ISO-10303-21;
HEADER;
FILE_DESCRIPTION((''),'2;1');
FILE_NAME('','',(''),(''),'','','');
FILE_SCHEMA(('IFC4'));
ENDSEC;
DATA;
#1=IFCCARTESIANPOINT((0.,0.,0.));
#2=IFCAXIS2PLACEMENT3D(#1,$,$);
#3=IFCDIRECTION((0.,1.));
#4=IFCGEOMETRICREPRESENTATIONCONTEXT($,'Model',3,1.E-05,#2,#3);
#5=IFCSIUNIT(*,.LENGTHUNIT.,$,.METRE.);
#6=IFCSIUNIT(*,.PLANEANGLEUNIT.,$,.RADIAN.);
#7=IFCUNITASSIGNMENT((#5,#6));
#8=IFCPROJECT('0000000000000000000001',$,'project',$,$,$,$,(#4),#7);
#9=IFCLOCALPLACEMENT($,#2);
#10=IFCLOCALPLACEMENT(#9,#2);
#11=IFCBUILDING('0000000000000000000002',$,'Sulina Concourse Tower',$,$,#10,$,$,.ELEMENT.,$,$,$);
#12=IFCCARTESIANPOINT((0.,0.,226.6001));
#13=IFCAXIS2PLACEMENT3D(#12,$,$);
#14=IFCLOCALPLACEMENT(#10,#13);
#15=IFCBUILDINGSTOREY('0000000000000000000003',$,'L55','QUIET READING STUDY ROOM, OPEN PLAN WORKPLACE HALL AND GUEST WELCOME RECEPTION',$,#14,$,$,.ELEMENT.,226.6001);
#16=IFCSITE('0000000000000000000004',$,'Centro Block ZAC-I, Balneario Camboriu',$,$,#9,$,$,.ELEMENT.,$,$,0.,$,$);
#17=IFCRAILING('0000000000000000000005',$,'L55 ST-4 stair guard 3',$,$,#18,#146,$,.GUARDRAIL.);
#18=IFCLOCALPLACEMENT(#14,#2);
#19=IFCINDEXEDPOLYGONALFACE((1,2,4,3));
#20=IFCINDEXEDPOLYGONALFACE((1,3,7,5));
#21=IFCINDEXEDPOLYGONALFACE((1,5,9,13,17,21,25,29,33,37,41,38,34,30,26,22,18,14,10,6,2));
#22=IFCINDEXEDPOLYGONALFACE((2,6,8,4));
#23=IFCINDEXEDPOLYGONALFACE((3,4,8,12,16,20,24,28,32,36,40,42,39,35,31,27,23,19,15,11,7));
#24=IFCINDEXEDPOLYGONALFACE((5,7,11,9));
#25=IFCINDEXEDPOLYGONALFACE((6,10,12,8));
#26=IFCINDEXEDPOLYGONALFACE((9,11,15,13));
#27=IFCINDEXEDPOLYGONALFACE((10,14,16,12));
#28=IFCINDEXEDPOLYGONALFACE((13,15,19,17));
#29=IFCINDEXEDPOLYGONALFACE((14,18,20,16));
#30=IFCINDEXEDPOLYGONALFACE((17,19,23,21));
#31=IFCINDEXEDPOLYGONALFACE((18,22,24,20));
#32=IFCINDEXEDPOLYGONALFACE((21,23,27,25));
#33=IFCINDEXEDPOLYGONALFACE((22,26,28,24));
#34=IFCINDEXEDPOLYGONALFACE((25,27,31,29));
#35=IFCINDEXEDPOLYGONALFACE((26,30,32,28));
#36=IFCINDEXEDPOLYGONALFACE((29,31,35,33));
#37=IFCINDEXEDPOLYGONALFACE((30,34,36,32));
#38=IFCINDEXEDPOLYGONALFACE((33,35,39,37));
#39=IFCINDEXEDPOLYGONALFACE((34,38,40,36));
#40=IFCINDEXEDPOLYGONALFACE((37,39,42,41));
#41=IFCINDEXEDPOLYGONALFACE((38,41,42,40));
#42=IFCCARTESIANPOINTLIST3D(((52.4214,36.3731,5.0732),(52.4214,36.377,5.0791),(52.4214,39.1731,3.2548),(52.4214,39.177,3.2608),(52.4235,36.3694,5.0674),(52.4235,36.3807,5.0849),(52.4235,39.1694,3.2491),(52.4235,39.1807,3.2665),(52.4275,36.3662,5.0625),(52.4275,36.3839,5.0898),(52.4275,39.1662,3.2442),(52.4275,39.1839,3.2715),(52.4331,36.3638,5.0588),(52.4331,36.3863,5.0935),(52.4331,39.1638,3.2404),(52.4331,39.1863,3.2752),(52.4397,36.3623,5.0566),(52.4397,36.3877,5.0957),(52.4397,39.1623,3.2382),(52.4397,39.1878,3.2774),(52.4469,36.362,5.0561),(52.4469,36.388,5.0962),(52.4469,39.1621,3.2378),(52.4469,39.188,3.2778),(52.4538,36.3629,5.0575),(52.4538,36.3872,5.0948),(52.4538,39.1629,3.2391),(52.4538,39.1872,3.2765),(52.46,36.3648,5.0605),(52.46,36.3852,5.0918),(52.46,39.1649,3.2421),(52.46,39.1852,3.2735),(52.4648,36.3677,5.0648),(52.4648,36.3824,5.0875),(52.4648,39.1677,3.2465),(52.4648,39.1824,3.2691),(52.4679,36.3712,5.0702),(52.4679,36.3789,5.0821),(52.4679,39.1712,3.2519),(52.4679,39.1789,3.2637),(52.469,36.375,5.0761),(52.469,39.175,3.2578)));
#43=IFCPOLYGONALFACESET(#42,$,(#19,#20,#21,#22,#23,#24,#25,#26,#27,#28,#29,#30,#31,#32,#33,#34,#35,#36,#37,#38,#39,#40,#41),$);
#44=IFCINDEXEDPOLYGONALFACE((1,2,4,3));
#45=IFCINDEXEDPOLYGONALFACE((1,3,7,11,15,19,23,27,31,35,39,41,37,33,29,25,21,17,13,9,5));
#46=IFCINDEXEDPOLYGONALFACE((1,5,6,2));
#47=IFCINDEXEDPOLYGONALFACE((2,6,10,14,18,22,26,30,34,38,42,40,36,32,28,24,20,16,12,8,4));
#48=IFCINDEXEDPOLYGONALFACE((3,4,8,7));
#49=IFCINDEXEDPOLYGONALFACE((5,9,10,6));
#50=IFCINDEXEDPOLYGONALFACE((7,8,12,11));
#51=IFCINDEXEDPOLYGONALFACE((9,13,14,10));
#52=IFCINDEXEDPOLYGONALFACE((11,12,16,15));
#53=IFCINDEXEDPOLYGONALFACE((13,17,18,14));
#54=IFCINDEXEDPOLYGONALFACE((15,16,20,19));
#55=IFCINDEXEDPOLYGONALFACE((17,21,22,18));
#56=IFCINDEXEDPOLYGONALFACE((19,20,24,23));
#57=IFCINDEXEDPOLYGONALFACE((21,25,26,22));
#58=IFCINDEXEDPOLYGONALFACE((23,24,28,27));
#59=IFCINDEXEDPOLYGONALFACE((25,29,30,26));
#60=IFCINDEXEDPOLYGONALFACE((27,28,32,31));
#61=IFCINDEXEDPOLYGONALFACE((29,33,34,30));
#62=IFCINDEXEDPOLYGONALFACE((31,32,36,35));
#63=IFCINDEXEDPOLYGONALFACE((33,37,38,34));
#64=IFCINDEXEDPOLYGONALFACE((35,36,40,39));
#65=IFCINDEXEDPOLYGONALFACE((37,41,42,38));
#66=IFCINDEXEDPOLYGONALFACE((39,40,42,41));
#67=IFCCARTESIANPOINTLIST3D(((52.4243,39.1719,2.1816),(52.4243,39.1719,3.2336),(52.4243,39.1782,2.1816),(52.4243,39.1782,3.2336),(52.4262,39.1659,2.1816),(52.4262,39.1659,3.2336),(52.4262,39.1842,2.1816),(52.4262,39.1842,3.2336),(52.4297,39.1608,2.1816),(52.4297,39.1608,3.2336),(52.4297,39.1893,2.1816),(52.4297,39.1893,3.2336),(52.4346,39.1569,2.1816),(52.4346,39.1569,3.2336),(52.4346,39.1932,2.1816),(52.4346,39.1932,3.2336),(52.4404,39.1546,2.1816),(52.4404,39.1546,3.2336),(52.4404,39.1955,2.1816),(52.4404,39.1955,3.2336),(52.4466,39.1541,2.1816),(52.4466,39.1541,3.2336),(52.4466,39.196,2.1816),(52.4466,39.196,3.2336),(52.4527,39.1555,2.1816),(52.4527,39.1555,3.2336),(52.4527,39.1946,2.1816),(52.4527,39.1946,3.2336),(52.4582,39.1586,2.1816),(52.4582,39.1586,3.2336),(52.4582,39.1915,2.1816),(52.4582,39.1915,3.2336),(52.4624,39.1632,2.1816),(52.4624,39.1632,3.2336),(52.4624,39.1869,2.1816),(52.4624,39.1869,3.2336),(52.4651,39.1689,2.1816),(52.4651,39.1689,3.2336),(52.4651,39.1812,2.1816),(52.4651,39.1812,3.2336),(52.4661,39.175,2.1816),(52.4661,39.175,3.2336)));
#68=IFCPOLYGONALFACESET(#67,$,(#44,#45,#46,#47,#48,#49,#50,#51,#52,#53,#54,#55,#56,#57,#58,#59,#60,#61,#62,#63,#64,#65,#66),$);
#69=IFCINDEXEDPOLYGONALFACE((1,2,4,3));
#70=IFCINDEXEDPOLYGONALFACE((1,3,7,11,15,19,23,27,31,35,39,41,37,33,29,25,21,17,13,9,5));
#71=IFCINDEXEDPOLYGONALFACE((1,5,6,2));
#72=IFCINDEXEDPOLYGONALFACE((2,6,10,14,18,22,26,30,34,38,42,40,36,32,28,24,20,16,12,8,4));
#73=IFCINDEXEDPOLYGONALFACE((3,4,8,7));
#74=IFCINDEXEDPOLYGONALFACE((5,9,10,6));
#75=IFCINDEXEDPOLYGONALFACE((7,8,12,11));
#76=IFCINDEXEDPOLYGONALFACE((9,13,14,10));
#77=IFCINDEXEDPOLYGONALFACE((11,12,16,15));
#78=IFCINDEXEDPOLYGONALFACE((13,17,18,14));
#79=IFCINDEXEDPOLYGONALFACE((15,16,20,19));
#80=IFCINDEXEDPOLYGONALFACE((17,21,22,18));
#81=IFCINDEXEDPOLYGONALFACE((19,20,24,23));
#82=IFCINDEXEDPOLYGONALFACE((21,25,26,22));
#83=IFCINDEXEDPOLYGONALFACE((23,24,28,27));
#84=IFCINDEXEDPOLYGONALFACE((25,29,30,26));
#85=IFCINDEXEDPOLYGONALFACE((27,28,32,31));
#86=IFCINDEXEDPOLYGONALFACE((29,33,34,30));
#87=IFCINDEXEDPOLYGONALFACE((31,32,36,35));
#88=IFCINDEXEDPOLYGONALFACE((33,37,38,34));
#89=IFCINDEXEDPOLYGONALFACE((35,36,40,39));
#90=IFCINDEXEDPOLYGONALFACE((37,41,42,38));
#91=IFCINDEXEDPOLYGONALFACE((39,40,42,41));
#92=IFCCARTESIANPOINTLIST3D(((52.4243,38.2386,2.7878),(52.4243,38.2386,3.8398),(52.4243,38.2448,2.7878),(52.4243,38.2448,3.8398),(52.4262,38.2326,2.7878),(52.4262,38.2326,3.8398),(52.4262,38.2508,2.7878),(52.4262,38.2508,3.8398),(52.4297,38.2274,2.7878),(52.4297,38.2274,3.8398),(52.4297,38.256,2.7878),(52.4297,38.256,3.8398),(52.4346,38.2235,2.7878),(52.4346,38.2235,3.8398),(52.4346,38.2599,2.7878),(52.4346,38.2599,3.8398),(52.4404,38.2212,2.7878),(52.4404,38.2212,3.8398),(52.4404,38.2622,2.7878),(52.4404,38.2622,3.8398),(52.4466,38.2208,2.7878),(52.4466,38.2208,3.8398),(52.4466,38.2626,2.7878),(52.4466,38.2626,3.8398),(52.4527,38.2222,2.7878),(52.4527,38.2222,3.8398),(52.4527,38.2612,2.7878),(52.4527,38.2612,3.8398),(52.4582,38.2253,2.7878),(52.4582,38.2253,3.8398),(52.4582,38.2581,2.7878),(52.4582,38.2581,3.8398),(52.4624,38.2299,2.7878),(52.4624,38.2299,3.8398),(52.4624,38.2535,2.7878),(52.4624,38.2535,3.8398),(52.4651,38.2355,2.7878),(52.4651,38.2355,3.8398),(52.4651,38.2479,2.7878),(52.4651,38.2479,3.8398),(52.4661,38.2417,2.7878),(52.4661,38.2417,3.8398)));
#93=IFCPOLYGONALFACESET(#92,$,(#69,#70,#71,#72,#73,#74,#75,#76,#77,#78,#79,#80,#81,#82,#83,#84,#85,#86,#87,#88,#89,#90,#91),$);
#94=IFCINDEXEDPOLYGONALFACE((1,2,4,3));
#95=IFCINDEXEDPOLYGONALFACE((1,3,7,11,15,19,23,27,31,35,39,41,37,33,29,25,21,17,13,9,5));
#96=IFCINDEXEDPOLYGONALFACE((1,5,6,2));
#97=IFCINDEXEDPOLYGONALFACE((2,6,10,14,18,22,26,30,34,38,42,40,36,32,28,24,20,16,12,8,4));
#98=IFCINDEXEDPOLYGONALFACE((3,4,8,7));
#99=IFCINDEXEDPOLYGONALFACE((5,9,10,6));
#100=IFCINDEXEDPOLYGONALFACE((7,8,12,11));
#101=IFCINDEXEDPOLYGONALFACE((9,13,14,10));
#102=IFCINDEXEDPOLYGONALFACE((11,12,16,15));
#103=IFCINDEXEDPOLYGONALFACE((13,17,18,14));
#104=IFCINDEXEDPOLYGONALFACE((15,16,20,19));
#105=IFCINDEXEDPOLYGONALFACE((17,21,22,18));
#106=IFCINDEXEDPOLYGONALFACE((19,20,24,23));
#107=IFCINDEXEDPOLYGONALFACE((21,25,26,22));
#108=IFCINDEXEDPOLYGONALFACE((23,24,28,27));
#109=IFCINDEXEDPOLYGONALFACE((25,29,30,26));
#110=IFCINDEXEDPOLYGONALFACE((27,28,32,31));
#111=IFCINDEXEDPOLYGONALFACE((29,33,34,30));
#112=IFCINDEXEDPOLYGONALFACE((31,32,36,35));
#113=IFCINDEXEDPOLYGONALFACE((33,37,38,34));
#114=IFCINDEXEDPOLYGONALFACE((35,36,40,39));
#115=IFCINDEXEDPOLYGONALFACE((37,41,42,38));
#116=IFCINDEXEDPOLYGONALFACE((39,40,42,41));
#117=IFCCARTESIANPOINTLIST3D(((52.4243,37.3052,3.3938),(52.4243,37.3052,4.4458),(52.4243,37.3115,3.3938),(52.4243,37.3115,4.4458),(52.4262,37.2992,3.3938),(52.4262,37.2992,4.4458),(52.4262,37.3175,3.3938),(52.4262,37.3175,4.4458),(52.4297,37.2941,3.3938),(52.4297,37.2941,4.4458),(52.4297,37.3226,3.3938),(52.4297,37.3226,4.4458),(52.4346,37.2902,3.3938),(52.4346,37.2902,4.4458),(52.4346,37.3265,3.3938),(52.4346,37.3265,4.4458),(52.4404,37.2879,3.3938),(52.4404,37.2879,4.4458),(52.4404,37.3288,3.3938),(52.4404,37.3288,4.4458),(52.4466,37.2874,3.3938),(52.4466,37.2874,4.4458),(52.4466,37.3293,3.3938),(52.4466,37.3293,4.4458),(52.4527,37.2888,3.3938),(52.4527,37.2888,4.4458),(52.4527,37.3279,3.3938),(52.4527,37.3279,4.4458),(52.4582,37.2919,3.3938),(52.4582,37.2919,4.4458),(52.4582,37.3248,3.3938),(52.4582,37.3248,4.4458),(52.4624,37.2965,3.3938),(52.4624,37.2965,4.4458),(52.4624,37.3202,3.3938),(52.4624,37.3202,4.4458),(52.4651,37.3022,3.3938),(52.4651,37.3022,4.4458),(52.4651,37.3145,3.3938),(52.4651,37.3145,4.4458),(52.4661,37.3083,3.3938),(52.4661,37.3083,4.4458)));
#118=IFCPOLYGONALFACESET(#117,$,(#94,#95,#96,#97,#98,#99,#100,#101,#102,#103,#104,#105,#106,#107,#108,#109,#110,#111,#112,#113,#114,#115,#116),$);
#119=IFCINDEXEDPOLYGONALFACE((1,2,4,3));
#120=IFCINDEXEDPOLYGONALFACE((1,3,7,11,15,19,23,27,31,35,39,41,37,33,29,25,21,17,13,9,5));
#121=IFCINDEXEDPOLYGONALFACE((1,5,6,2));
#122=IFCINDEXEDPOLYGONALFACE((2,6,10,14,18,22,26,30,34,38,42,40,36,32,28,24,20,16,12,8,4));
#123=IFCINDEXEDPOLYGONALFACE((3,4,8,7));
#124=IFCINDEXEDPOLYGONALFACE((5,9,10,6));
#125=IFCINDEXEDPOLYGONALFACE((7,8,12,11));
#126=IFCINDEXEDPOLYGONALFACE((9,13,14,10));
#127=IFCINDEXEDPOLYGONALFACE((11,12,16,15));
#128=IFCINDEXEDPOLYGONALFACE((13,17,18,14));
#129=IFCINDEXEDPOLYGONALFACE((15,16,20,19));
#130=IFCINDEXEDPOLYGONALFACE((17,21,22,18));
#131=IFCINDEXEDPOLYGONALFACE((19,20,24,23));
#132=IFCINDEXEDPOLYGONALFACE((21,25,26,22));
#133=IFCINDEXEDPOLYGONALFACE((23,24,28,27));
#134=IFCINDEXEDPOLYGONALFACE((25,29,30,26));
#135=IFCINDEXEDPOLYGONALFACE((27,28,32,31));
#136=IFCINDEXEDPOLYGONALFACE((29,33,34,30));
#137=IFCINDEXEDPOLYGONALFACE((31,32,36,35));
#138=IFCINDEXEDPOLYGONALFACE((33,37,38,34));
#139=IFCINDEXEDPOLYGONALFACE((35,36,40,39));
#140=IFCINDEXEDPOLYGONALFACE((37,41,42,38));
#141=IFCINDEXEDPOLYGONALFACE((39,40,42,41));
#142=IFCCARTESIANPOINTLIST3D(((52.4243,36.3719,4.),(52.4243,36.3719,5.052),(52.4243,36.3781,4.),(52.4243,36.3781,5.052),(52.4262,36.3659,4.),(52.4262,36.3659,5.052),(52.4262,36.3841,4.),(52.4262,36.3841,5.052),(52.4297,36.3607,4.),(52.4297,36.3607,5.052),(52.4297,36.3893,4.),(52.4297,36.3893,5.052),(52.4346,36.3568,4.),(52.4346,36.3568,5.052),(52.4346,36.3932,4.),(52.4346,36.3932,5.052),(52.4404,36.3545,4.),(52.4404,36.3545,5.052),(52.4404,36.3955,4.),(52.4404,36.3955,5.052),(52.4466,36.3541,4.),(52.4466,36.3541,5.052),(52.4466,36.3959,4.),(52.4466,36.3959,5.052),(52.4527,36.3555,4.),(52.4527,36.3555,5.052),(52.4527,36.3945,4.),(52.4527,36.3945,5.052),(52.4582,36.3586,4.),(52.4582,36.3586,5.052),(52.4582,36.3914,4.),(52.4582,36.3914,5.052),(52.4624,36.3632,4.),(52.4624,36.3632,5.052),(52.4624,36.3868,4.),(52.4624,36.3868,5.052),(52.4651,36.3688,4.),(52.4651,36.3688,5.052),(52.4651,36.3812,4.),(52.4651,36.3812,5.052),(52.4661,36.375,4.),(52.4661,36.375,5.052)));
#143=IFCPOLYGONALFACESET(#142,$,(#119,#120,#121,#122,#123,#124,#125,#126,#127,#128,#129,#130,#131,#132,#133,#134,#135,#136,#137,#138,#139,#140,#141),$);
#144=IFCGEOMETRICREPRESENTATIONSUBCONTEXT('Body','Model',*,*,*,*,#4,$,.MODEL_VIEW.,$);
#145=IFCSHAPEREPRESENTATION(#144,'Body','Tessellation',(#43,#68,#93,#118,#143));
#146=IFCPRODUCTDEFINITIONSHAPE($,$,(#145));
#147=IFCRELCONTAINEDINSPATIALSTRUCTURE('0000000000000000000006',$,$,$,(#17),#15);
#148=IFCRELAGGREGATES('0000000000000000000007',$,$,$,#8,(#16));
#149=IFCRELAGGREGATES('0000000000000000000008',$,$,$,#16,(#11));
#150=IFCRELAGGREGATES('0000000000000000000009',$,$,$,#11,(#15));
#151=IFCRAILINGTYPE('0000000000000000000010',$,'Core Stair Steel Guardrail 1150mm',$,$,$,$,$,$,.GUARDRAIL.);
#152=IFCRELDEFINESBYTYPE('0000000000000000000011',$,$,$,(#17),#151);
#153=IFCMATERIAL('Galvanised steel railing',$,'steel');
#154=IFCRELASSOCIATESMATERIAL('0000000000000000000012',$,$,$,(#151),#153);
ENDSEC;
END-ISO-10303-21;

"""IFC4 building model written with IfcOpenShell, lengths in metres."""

from ifc_helpers import new_model, si_unit, direction, frame, origin, origin_2d, place, context, subcontext, project, spatial, circle, extrude, material, type_object, element, save


model = new_model("IFC4")

# Units and contexts
model_context = context("Model", 3, precision=1e-05, world=origin(), true_north=direction((0.0, 1.0)))
body_context = subcontext(model_context, "Body", "Model", "MODEL_VIEW")
ifc_project = project(units=[si_unit("LENGTHUNIT", "METRE"), si_unit("PLANEANGLEUNIT", "RADIAN")], contexts=[model_context])

# Site, building, storey
site_placement = place(None, origin())
site = spatial("IfcSite", under=ifc_project, at=site_placement, Name="Centro Block ZAC-I, Balneario Camboriu", CompositionType="ELEMENT", RefElevation=0.0)
building_placement = place(site_placement, origin())
building = spatial("IfcBuilding", under=site, at=building_placement, Name="Sulina Concourse Tower", CompositionType="ELEMENT")
storey_placement = place(building_placement, frame((0.0, 0.0, 226.6001)))
storey = spatial("IfcBuildingStorey", under=building, at=storey_placement, Name="L55", Description="QUIET READING STUDY ROOM, OPEN PLAN WORKPLACE HALL AND GUEST WELCOME RECEPTION", CompositionType="ELEMENT", Elevation=226.6001)

# Railing
ifc_material_1 = material(Name="Galvanised steel railing", Category="steel")
railing_type_1 = type_object("IfcRailingType", Name="Core Stair Steel Guardrail 1150mm", PredefinedType="GUARDRAIL", material=ifc_material_1)
railing_1_placement = place(storey_placement, frame((52.4451, 39.175, 2.1816)))
element("IfcRailing", 1, at=railing_1_placement, inside=storey, type_object=railing_type_1, Name="L55 ST-4 stair guard 3", PredefinedType="GUARDRAIL", context=body_context, shape_type="SweptSolid", body=[
    extrude(circle(Radius=0.0239, at=origin_2d()), frame((0.0, 0.0, 1.0762), z_axis=(0.0, -0.838672, 0.544636), x_axis=(1.0, 0.0, 0.0)), (0.0, 0.0, 1.0), 3.3386),
    extrude(circle(Radius=0.021, at=origin_2d()), origin(), (0.0, 0.0, 1.0), 1.052),
    extrude(circle(Radius=0.021, at=origin_2d()), frame((0.0, -0.9333, 0.6062)), (0.0, 0.0, 1.0), 1.052),
    extrude(circle(Radius=0.021, at=origin_2d()), frame((0.0, -1.8667, 1.2122)), (0.0, 0.0, 1.0), 1.052),
    extrude(circle(Radius=0.021, at=origin_2d()), frame((0.0, -2.8, 1.8184)), (0.0, 0.0, 1.0), 1.052),
])

save(model, "model.ifc")
